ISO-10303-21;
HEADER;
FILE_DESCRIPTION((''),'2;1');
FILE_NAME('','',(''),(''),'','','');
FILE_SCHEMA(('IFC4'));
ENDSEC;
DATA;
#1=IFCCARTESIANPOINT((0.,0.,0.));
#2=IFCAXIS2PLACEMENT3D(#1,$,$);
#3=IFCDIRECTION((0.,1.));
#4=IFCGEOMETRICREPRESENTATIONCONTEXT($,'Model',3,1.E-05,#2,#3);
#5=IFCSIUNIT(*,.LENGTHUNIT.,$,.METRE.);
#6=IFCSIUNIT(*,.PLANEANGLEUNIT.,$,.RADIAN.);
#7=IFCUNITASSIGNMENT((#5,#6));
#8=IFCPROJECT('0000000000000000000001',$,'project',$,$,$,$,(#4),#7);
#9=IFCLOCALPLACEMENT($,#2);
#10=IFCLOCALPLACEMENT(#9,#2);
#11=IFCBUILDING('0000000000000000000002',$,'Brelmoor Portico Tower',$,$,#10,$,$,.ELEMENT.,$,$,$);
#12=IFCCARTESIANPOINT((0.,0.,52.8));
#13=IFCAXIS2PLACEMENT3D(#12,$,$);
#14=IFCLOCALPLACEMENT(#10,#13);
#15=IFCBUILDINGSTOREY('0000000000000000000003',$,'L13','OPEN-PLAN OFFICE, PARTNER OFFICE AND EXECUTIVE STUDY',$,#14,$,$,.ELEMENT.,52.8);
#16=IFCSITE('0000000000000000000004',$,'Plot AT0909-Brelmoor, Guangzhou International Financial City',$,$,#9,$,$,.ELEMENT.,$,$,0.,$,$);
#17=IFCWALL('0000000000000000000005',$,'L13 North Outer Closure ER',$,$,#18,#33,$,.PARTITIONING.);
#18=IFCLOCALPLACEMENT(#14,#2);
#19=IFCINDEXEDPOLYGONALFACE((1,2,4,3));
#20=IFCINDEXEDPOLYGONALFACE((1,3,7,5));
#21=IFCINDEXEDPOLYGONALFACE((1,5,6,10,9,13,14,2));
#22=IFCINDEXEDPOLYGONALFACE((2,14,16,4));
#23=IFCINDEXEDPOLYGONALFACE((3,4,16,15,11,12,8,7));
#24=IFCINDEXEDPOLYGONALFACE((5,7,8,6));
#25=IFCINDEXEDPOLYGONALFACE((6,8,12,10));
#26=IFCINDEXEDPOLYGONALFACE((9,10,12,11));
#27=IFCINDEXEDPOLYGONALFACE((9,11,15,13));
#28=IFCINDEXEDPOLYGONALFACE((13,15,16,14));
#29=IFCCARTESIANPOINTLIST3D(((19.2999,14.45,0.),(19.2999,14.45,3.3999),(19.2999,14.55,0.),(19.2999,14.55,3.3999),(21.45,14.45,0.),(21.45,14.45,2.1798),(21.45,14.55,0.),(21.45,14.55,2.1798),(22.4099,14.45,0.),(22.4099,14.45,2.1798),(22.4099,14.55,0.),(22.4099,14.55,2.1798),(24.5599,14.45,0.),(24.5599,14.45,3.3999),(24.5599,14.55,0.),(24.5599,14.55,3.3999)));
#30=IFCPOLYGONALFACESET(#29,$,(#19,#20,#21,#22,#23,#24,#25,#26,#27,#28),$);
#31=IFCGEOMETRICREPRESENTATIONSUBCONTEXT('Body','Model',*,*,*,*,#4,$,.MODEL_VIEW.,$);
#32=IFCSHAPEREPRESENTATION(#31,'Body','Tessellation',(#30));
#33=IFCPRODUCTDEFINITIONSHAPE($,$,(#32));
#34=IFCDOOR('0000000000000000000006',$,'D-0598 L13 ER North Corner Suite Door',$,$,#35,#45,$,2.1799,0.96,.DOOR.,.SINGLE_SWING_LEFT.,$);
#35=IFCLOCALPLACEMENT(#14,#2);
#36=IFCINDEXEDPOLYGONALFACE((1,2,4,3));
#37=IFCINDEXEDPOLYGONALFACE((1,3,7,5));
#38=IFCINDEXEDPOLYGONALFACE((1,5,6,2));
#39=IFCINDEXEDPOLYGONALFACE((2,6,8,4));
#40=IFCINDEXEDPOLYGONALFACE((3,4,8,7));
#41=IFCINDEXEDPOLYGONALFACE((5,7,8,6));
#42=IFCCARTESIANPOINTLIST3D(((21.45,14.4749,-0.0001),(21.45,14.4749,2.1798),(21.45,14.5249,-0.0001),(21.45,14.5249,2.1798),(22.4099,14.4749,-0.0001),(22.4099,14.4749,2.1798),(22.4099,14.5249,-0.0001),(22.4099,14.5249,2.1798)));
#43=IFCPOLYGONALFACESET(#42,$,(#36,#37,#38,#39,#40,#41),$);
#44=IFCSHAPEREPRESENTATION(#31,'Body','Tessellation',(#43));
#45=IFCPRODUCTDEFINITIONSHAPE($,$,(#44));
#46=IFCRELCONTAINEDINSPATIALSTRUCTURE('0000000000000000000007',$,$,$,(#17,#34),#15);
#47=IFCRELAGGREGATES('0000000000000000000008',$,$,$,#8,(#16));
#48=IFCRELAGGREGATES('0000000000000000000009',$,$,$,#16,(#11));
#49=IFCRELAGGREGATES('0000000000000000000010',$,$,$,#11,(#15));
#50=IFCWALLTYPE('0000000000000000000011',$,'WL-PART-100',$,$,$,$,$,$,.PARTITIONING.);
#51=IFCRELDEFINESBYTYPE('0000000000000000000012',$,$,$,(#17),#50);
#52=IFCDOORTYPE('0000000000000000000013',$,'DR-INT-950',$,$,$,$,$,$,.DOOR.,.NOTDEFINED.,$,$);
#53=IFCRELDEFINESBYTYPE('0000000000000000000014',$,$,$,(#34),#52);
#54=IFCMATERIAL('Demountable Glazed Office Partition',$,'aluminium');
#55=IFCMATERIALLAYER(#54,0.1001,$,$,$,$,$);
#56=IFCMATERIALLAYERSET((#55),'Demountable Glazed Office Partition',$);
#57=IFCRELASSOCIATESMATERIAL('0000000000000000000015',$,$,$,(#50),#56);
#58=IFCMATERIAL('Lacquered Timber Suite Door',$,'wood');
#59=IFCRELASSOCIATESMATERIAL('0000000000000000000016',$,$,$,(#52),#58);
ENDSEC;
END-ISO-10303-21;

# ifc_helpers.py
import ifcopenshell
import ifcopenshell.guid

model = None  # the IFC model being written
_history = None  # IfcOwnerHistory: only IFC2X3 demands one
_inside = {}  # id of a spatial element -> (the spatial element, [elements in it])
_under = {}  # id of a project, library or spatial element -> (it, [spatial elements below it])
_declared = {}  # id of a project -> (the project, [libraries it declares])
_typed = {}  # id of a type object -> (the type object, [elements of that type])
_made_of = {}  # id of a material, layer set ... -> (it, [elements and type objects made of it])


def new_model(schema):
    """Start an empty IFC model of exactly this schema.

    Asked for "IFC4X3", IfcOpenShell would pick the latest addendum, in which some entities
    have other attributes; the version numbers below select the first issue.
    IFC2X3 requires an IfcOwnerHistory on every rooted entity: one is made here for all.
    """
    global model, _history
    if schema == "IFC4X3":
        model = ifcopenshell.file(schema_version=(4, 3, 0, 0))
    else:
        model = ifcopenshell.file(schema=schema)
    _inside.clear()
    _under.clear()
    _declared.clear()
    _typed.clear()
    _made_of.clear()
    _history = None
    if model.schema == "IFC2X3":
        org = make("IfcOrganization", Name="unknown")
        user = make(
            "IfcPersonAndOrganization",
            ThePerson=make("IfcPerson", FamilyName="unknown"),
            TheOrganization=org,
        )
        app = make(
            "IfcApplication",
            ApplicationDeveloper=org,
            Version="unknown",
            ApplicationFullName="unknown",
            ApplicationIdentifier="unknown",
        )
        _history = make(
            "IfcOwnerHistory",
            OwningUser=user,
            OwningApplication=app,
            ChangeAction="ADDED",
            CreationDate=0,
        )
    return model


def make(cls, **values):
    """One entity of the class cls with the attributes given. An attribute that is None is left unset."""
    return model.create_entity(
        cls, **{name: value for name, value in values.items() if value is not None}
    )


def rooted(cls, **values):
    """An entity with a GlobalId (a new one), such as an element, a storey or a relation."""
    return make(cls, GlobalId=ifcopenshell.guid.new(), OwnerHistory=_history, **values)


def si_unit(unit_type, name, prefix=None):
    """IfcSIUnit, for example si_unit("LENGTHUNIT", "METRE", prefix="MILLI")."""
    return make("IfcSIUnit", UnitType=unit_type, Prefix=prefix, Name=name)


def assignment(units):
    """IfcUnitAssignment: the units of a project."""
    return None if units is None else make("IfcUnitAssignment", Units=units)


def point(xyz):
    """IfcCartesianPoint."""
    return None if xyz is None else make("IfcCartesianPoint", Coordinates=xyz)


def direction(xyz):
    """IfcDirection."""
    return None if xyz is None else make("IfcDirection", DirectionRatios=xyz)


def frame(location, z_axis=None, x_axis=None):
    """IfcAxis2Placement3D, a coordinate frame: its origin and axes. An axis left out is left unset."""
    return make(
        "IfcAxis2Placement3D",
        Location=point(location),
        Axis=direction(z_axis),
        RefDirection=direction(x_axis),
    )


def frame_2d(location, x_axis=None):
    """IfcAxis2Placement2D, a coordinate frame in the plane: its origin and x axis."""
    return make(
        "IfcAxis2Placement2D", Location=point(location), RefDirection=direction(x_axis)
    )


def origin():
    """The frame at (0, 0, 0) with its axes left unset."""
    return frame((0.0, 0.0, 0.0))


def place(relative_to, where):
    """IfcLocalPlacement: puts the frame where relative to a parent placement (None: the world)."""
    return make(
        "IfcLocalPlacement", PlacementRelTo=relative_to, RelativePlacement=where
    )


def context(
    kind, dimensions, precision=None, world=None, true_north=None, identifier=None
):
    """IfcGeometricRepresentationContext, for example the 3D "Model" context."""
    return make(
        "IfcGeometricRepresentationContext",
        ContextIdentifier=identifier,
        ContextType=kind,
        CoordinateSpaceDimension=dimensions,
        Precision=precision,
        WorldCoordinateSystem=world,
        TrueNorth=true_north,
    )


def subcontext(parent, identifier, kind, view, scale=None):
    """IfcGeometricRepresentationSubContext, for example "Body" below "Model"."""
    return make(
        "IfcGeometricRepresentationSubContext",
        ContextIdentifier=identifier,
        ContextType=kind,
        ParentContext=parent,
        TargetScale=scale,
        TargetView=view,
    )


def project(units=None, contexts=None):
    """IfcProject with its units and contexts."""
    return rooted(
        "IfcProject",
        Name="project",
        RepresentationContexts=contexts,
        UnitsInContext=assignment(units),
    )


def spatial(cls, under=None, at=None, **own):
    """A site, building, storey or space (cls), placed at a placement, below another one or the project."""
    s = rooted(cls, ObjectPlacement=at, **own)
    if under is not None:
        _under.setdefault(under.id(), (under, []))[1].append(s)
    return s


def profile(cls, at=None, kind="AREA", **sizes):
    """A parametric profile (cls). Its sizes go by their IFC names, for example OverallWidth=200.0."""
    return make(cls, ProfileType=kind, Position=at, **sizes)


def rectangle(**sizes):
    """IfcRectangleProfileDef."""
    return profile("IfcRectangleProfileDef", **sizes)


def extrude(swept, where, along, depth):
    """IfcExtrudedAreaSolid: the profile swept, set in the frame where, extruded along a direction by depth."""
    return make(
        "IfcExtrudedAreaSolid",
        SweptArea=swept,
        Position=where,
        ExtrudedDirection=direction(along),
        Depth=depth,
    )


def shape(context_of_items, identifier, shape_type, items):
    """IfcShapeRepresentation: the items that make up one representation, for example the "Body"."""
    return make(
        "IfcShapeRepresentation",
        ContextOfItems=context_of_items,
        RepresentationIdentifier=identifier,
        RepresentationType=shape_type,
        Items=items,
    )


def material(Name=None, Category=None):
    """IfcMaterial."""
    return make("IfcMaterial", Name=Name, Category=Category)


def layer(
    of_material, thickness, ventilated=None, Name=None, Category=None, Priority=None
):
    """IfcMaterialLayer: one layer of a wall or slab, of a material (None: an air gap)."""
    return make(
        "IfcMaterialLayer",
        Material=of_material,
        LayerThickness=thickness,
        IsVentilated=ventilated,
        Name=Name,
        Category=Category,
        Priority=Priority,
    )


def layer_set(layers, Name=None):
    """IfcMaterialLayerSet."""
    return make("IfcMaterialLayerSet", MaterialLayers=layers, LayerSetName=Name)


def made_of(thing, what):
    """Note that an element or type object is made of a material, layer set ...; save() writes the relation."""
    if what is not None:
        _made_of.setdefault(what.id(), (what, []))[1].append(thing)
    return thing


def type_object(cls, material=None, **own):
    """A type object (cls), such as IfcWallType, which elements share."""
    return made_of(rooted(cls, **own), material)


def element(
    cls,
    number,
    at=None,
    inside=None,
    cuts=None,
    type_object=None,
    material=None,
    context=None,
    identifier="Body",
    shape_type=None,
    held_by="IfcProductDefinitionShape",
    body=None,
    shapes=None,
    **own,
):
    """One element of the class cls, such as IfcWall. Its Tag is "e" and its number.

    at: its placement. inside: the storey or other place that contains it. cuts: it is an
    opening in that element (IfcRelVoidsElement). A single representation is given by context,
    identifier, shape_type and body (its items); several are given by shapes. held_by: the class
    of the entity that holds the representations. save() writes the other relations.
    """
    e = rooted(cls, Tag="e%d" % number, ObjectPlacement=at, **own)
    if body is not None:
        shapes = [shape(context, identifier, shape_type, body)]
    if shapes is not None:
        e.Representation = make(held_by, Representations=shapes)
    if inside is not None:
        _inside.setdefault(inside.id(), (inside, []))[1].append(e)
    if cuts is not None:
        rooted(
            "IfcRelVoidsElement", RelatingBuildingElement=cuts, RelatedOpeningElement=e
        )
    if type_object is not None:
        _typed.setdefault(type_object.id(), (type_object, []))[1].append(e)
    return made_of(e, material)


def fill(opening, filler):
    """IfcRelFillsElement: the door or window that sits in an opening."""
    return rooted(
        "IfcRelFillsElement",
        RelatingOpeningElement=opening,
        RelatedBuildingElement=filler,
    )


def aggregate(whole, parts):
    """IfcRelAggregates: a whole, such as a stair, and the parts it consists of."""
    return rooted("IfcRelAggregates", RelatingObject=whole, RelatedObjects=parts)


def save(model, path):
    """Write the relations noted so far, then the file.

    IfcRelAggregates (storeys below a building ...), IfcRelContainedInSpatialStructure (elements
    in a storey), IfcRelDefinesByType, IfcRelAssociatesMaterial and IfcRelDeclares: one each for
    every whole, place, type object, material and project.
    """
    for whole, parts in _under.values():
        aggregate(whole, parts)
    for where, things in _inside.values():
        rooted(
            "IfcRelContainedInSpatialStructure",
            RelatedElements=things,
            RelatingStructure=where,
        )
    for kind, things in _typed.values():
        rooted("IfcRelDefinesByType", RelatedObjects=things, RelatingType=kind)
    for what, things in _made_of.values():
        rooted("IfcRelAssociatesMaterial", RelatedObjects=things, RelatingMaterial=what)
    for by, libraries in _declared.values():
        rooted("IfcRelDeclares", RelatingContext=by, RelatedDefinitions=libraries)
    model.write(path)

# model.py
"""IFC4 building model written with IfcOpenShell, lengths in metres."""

from ifc_helpers import new_model, si_unit, direction, frame, frame_2d, origin, place, context, subcontext, project, spatial, rectangle, extrude, material, layer, layer_set, type_object, element, fill, save


model = new_model("IFC4")

# Units and contexts
model_context = context("Model", 3, precision=1e-05, world=origin(), true_north=direction((0.0, 1.0)))
body_context = subcontext(model_context, "Body", "Model", "MODEL_VIEW")
ifc_project = project(units=[si_unit("LENGTHUNIT", "METRE"), si_unit("PLANEANGLEUNIT", "RADIAN")], contexts=[model_context])

# Site, building, storey
site_placement = place(None, origin())
site = spatial("IfcSite", under=ifc_project, at=site_placement, Name="Plot AT0909-Brelmoor, Guangzhou International Financial City", CompositionType="ELEMENT", RefElevation=0.0)
building_placement = place(site_placement, origin())
building = spatial("IfcBuilding", under=site, at=building_placement, Name="Brelmoor Portico Tower", CompositionType="ELEMENT")
storey_placement = place(building_placement, frame((0.0, 0.0, 52.8)))
storey = spatial("IfcBuildingStorey", under=building, at=storey_placement, Name="L13", Description="OPEN-PLAN OFFICE, PARTNER OFFICE AND EXECUTIVE STUDY", CompositionType="ELEMENT", Elevation=52.8)

# Wall, opening, door
ifc_material_1 = material(Name="Demountable Glazed Office Partition", Category="aluminium")
ifc_layer_1 = layer(ifc_material_1, 0.1001)
ifc_layer_set_1 = layer_set([ifc_layer_1], Name="Demountable Glazed Office Partition")
wall_type_1 = type_object("IfcWallType", Name="WL-PART-100", PredefinedType="PARTITIONING", material=ifc_layer_set_1)
wall_placement = place(storey_placement, frame((19.3, 14.5, 0.0), z_axis=(0.0, 0.0, 1.0), x_axis=(1.0, 0.0, 0.0)))
wall = element("IfcWall", 1, at=wall_placement, inside=storey, type_object=wall_type_1, Name="L13 North Outer Closure ER", PredefinedType="PARTITIONING", context=body_context, shape_type="SweptSolid", body=[
    extrude(rectangle(XDim=5.26, YDim=0.1001, at=frame_2d((2.6299, 0.0))), origin(), (0.0, 0.0, 1.0), 3.3999),
])
opening_placement = place(wall_placement, frame((2.1499, 0.0, 0.0)))
opening = element("IfcOpeningElement", 2, at=opening_placement, cuts=wall, PredefinedType="OPENING", context=body_context, shape_type="SweptSolid", body=[
    extrude(rectangle(XDim=0.96, YDim=2.1799, at=frame_2d((0.48, 1.0898))), frame((0.0, 0.0601, 0.0), z_axis=(0.0, -1.0, 0.0), x_axis=(1.0, 0.0, 0.0)), (0.0, 0.0, 1.0), 0.1201),
])
ifc_material_2 = material(Name="Lacquered Timber Suite Door", Category="wood")
door_type = type_object("IfcDoorType", Name="DR-INT-950", OperationType="NOTDEFINED", PredefinedType="DOOR", material=ifc_material_2)
door_placement = place(opening_placement, origin())
door = element("IfcDoor", 3, at=door_placement, inside=storey, type_object=door_type, Name="D-0598 L13 ER North Corner Suite Door", OperationType="SINGLE_SWING_LEFT", OverallHeight=2.1799, OverallWidth=0.96, PredefinedType="DOOR", context=body_context, shape_type="SweptSolid", body=[
    extrude(rectangle(XDim=0.96, YDim=2.1799, at=frame_2d((0.48, 1.0898))), frame((0.0, 0.0249, 0.0), z_axis=(0.0, -1.0, 0.0), x_axis=(1.0, 0.0, 0.0)), (0.0, 0.0, 1.0), 0.05),
])
fill(opening, door)

save(model, "model.ifc")
